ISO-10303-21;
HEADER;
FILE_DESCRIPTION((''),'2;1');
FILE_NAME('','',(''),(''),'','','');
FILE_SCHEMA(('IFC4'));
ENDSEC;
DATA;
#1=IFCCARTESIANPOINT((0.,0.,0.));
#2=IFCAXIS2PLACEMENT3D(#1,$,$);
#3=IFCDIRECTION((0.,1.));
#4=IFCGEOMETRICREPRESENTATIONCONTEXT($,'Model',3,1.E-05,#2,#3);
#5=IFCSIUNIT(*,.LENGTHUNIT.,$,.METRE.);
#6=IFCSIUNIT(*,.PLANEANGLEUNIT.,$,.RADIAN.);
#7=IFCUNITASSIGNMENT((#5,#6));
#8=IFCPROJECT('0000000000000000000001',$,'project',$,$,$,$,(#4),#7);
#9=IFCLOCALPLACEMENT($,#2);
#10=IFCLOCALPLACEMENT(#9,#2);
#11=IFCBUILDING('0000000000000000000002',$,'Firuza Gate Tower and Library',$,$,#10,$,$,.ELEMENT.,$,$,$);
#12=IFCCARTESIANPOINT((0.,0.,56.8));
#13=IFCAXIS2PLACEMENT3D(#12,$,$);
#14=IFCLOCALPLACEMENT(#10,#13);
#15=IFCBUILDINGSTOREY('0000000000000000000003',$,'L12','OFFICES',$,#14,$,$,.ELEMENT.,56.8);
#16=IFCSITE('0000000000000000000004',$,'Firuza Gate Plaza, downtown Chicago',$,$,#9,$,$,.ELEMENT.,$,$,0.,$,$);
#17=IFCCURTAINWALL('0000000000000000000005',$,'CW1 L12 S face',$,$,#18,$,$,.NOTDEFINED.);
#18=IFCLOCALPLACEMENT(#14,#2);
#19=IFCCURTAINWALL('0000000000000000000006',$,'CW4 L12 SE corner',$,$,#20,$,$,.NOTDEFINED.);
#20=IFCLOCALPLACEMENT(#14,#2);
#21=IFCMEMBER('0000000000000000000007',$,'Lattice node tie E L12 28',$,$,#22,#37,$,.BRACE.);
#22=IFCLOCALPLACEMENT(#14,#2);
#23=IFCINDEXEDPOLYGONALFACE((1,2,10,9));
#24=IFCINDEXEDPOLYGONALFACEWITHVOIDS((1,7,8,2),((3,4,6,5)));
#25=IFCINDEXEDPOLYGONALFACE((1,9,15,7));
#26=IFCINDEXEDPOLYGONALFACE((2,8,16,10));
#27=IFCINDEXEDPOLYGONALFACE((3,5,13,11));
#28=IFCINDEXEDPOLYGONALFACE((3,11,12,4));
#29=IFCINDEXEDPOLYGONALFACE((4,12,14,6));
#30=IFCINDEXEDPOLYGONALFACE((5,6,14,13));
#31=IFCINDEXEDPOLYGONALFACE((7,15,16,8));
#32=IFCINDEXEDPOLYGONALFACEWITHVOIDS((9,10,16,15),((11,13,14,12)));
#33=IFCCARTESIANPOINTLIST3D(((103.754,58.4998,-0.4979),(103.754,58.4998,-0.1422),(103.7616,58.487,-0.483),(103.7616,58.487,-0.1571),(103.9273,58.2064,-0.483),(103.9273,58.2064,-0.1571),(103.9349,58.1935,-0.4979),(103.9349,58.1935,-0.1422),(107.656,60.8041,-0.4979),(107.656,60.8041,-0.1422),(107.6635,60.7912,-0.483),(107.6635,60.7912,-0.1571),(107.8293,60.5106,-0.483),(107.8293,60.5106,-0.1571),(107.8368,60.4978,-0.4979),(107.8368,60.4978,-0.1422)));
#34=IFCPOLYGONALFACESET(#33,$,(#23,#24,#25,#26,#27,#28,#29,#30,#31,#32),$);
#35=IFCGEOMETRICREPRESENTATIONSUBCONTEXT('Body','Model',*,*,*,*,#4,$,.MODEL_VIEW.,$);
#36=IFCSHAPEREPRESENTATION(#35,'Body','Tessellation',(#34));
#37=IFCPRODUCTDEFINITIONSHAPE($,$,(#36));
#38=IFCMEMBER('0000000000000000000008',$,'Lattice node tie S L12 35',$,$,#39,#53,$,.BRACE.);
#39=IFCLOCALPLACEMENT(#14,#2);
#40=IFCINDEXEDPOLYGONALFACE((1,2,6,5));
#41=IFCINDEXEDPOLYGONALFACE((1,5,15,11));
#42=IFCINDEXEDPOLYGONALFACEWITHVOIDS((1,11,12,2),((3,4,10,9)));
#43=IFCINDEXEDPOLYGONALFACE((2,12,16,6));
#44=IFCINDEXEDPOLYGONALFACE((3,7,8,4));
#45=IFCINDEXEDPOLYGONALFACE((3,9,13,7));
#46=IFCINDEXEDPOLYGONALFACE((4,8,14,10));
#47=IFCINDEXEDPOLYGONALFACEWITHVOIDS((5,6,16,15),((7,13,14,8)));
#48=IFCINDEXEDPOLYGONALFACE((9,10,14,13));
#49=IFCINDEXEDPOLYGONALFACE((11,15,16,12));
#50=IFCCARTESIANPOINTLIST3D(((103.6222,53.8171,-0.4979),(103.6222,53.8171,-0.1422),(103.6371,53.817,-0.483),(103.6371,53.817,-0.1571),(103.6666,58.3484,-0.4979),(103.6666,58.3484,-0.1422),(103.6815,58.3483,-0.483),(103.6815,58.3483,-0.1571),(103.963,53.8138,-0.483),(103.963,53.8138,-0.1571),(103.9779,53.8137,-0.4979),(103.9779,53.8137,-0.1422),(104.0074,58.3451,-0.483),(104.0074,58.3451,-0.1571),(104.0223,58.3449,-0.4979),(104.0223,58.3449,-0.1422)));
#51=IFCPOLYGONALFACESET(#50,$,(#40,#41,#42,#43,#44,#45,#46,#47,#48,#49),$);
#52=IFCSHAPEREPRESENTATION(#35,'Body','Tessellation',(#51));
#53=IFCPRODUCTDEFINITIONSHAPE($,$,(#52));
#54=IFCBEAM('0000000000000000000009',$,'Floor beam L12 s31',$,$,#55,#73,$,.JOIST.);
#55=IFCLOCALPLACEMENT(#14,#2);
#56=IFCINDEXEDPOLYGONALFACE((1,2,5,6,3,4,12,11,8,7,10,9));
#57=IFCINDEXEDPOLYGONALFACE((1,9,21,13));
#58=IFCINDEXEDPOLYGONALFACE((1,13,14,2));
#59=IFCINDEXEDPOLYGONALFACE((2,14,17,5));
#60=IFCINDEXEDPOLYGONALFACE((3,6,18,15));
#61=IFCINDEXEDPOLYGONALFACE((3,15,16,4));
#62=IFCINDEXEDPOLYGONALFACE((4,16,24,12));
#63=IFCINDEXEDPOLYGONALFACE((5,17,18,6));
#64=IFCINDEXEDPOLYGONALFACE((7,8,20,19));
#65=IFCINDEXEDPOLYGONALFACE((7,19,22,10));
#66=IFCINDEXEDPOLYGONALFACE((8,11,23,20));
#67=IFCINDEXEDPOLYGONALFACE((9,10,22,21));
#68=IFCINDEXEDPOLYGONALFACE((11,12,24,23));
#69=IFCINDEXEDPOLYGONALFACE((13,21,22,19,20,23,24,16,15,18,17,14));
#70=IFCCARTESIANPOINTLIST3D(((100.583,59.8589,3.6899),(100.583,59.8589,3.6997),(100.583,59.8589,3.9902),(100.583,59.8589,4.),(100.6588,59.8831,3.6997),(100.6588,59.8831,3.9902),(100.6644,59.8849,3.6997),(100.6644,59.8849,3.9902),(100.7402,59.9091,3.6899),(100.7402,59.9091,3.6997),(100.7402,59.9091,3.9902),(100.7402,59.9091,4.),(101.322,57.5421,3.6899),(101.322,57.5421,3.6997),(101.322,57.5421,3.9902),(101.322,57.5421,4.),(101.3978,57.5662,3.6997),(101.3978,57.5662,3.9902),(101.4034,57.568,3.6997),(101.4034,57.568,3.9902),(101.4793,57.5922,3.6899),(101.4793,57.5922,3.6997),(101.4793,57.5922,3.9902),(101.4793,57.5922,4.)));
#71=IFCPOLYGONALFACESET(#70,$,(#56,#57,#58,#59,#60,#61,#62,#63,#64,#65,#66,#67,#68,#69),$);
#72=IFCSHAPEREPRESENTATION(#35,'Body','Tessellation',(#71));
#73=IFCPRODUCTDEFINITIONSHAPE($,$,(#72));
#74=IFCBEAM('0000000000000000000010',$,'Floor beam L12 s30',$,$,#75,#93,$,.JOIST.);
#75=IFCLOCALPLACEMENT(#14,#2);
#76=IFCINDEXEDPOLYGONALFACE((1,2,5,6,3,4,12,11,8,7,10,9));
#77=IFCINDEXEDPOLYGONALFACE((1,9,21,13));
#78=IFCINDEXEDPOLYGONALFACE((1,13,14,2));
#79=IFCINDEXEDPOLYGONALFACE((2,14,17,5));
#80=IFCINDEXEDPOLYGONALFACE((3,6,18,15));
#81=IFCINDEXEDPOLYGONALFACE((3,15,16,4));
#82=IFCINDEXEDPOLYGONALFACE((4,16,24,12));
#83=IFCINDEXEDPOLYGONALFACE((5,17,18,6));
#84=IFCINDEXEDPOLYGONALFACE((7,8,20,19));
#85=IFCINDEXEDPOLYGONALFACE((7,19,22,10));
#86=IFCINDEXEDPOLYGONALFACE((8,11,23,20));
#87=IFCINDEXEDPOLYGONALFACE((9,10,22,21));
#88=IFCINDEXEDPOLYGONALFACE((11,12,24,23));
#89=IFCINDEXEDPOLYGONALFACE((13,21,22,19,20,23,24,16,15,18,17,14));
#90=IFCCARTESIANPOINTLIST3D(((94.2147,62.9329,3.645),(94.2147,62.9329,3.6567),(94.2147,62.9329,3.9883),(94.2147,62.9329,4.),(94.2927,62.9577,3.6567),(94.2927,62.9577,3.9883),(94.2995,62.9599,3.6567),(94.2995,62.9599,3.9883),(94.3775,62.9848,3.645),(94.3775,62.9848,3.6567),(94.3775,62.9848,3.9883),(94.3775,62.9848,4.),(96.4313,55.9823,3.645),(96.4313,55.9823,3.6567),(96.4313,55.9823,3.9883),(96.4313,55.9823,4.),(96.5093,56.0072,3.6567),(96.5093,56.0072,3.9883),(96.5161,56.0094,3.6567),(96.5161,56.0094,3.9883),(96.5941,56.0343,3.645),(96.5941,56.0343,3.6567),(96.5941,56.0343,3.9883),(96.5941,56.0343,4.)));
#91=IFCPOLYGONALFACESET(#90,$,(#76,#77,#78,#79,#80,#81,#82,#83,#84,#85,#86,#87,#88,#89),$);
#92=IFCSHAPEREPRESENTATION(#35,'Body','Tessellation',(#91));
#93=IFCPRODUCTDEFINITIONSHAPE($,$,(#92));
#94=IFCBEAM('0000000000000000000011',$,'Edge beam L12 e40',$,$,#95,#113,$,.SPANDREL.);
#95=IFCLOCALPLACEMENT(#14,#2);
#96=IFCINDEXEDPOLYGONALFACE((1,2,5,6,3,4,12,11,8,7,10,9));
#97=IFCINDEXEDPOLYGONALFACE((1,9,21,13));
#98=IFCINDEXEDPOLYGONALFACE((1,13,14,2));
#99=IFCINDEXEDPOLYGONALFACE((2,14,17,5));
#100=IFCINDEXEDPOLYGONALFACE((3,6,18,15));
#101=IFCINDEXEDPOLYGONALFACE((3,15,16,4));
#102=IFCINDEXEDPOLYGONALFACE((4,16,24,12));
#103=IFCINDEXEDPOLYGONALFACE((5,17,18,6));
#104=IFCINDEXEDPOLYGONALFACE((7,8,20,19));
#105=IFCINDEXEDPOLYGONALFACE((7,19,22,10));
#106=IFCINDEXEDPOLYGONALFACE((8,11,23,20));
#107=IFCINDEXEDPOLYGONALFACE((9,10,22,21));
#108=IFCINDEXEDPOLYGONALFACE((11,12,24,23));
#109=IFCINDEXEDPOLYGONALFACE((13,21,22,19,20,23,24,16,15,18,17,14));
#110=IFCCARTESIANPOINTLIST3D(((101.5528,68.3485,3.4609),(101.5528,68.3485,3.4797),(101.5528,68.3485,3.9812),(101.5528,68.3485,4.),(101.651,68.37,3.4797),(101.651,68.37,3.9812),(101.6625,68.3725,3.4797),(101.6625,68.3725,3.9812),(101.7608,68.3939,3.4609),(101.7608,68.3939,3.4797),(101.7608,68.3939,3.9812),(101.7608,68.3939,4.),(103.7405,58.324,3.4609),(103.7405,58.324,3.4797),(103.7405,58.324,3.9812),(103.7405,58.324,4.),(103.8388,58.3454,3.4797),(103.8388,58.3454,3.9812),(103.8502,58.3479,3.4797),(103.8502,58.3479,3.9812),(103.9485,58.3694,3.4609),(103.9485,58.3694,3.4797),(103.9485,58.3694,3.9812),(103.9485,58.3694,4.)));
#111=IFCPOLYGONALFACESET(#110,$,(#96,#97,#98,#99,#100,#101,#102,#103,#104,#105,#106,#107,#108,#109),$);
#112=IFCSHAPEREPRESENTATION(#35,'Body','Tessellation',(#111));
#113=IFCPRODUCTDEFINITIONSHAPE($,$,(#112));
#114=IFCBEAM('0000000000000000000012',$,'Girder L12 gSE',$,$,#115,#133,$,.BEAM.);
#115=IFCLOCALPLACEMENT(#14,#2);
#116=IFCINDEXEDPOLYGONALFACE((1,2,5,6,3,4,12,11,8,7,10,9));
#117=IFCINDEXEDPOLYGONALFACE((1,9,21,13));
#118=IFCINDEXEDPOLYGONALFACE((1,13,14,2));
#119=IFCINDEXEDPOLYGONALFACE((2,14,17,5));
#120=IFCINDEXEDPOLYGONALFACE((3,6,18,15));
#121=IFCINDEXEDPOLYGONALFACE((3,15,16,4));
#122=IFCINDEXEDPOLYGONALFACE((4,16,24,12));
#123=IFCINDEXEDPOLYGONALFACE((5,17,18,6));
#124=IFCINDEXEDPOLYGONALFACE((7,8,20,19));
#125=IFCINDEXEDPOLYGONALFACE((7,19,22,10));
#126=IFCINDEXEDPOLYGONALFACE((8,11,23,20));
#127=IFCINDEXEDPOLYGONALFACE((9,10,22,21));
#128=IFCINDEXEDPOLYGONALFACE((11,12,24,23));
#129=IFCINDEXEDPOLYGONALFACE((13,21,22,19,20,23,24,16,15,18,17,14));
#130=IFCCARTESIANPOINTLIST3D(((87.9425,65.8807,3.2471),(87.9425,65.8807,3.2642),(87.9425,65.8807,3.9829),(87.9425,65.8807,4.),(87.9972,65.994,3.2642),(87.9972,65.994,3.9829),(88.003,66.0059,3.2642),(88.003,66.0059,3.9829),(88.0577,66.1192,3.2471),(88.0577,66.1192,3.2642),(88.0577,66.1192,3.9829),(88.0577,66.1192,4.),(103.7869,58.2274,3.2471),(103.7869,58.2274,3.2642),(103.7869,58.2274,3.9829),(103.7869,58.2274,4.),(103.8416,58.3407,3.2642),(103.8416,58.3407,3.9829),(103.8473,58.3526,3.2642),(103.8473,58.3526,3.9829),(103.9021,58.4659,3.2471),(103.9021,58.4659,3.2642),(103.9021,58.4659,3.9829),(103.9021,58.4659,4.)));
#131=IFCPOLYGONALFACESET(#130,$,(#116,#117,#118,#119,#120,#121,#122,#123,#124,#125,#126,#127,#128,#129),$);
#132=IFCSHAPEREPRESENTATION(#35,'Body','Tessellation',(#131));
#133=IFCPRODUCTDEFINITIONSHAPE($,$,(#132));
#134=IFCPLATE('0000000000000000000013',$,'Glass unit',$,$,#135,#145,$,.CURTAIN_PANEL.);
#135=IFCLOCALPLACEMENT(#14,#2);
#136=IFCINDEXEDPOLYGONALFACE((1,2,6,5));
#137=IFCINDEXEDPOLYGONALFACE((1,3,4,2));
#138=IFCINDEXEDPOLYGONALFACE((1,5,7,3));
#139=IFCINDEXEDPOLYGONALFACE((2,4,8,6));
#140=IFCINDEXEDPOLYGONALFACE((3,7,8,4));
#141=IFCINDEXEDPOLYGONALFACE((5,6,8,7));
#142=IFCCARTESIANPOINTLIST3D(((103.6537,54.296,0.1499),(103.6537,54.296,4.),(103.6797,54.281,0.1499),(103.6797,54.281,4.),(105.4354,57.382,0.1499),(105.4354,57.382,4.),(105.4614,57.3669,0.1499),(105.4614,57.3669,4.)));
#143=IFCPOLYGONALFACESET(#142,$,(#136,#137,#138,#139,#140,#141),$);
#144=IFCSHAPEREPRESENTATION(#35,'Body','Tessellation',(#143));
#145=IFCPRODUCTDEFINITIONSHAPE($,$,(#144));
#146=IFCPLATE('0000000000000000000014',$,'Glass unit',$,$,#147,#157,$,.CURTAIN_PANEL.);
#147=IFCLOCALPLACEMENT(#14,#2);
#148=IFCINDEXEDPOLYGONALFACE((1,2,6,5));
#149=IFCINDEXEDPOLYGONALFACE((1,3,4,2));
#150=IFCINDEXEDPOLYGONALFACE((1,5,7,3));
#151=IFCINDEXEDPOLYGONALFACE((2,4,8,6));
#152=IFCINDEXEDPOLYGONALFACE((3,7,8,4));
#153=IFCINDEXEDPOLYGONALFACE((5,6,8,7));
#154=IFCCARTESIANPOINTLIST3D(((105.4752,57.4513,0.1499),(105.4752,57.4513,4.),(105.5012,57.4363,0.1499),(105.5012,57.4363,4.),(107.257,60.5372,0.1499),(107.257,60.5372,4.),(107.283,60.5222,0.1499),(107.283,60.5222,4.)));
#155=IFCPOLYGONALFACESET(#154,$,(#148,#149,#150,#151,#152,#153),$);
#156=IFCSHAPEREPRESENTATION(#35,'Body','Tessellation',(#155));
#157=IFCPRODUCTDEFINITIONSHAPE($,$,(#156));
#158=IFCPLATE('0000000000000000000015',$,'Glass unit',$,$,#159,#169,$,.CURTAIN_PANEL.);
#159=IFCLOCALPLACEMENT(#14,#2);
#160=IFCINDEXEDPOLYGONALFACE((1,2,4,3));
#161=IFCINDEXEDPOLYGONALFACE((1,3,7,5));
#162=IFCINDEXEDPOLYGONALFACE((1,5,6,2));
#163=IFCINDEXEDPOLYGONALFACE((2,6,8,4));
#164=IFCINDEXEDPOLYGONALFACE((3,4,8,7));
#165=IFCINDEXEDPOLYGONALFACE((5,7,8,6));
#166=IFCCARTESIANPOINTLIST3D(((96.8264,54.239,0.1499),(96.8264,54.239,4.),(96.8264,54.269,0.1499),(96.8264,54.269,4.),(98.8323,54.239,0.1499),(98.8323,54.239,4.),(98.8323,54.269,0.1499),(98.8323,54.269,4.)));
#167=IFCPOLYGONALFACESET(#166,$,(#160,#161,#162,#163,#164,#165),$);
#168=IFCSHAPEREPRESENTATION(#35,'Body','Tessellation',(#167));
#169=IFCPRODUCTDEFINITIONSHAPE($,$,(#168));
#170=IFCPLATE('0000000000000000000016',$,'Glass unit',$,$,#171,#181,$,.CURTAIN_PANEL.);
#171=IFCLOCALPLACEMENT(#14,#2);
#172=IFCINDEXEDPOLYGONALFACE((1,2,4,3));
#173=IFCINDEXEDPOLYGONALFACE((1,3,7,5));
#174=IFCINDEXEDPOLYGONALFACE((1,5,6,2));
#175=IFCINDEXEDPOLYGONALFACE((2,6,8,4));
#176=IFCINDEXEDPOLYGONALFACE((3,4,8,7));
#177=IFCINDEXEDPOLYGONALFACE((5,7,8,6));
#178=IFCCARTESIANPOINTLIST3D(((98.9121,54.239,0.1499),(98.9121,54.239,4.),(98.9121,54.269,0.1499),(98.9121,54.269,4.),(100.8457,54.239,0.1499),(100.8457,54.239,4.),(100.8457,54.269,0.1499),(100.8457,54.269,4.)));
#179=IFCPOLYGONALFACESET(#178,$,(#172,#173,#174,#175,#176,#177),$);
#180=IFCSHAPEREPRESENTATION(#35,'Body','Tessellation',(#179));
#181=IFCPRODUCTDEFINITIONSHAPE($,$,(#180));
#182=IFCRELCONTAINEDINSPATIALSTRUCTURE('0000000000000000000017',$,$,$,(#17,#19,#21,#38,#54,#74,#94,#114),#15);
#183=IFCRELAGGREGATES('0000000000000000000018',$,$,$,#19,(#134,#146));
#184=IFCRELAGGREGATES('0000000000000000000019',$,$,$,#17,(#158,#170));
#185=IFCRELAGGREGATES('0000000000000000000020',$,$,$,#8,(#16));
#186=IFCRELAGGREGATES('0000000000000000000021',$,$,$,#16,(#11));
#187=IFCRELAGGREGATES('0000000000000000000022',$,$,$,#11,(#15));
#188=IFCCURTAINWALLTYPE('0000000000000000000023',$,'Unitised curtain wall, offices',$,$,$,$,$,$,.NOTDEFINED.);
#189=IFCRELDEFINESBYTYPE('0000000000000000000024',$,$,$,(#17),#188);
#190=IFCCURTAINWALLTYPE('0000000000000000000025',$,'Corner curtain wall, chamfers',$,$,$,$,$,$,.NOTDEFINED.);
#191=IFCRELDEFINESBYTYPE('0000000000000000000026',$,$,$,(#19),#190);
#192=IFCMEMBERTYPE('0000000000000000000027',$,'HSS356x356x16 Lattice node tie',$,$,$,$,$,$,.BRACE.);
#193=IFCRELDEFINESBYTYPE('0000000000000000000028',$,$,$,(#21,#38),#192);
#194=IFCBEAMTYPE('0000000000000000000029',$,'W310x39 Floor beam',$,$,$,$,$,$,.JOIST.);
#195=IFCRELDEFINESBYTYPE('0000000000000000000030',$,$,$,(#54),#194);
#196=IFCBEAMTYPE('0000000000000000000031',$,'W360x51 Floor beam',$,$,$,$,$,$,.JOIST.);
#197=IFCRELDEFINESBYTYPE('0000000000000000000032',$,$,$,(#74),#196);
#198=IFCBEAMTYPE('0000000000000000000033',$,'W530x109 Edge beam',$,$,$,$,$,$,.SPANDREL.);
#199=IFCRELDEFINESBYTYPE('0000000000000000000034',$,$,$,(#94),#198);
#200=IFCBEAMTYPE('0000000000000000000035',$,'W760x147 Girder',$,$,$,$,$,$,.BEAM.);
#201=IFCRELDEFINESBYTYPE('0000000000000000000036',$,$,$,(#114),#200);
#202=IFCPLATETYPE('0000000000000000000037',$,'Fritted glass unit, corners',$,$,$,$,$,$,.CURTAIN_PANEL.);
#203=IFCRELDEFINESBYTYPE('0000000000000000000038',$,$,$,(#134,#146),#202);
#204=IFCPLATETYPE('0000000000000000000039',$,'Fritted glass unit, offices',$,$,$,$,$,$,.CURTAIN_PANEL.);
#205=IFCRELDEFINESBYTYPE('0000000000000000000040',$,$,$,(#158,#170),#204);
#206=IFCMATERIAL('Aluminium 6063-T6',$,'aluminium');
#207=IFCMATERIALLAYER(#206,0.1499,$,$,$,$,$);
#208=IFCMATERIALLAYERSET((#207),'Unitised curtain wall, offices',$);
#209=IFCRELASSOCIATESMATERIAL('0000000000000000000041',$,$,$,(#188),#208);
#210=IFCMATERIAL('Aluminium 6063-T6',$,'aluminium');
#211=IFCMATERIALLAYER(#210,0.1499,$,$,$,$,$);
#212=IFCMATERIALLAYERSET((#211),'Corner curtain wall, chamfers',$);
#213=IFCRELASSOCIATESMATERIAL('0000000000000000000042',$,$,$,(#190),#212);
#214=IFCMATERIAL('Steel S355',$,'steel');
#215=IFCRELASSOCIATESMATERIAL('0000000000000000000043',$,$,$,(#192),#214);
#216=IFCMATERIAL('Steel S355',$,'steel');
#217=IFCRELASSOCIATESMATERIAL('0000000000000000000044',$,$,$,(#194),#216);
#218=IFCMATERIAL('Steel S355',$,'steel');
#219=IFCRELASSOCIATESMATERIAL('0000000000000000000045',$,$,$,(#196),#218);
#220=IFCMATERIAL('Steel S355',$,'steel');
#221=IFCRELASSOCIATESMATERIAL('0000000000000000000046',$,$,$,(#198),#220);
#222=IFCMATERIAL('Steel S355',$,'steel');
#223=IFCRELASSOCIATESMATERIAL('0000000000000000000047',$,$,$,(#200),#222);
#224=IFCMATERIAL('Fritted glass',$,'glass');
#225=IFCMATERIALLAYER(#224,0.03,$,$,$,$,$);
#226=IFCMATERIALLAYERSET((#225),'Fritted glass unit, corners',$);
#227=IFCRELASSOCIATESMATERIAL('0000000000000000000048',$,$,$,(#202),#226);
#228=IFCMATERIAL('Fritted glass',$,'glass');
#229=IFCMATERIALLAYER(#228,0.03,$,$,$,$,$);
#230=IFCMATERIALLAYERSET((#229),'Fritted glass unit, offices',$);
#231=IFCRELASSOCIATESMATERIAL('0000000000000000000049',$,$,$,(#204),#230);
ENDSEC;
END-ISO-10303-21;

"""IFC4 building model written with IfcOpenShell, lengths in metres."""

from ifc_helpers import new_model, si_unit, direction, frame, origin, origin_2d, place, context, subcontext, project, spatial, polyline, hollow_rectangle, i_section, outline, extrude, material, layer, layer_set, material_profile, profile_set, type_object, element, aggregate, save


model = new_model("IFC4")

# Units and contexts
model_context = context("Model", 3, precision=1e-05, world=origin(), true_north=direction((0.0, 1.0)))
body_context = subcontext(model_context, "Body", "Model", "MODEL_VIEW")
ifc_project = project(units=[si_unit("LENGTHUNIT", "METRE"), si_unit("PLANEANGLEUNIT", "RADIAN")], contexts=[model_context])

# Site, building, storey
site_placement = place(None, origin())
site = spatial("IfcSite", under=ifc_project, at=site_placement, Name="Firuza Gate Plaza, downtown Chicago", CompositionType="ELEMENT", RefElevation=0.0)
building_placement = place(site_placement, origin())
building = spatial("IfcBuilding", under=site, at=building_placement, Name="Firuza Gate Tower and Library", CompositionType="ELEMENT")
storey_placement = place(building_placement, frame((0.0, 0.0, 56.8)))
storey = spatial("IfcBuildingStorey", under=building, at=storey_placement, Name="L12", Description="OFFICES", CompositionType="ELEMENT", Elevation=56.8)

# Curtain walls
ifc_material_1 = material(Name="Aluminium 6063-T6", Category="aluminium")
ifc_layer_1 = layer(ifc_material_1, 0.1499)
ifc_layer_set_1 = layer_set([ifc_layer_1], Name="Unitised curtain wall, offices")
curtain_wall_type_1 = type_object("IfcCurtainWallType", Name="Unitised curtain wall, offices", PredefinedType="NOTDEFINED", material=ifc_layer_set_1)
placement = place(storey_placement, origin())
curtain_wall_1 = element("IfcCurtainWall", 1, at=placement, inside=storey, type_object=curtain_wall_type_1, Name="CW1 L12 S face", PredefinedType="NOTDEFINED")
ifc_material_2 = material(Name="Aluminium 6063-T6", Category="aluminium")
ifc_layer_2 = layer(ifc_material_2, 0.1499)
ifc_layer_set_2 = layer_set([ifc_layer_2], Name="Corner curtain wall, chamfers")
curtain_wall_type_2 = type_object("IfcCurtainWallType", Name="Corner curtain wall, chamfers", PredefinedType="NOTDEFINED", material=ifc_layer_set_2)
curtain_wall_2 = element("IfcCurtainWall", 2, at=placement, inside=storey, type_object=curtain_wall_type_2, Name="CW4 L12 SE corner", PredefinedType="NOTDEFINED")

# Members
ifc_material_3 = material(Name="Steel S355", Category="steel")
ifc_material_profile_1 = material_profile(ifc_material_3, hollow_rectangle(XDim=0.3557, YDim=0.3557, WallThickness=0.0149, at=origin_2d()))
ifc_profile_set_1 = profile_set([ifc_material_profile_1], Name="Steel S355")
member_type_1 = type_object("IfcMemberType", Name="HSS356x356x16 Lattice node tie", PredefinedType="BRACE", material=ifc_profile_set_1)
for number, where, z_axis, x_axis, name in (
    (3, (103.8445, 58.3467, -0.3201), (0.861066, 0.508493, 0.0), (-0.508493, 0.861066, 0.0), "Lattice node tie E L12 28"),
    (4, (103.8445, 58.3467, -0.3201), (-0.009806, -0.999952, 0.0), (0.999952, -0.009806, 0.0), "Lattice node tie S L12 35"),
):
    element("IfcMember", number, at=place(storey_placement, frame(where, z_axis=z_axis, x_axis=x_axis)), inside=storey, type_object=member_type_1, Name=name, PredefinedType="BRACE", context=body_context, shape_type="SweptSolid", body=[
        extrude(hollow_rectangle(XDim=0.3557, YDim=0.3557, WallThickness=0.0149, at=origin_2d()), origin(), (0.0, 0.0, 1.0), 4.5315),
    ])

# Beams
ifc_material_4 = material(Name="Steel S355", Category="steel")
ifc_material_profile_2 = material_profile(ifc_material_4, i_section(OverallWidth=0.165, OverallDepth=0.3101, WebThickness=0.0059, FlangeThickness=0.0098, at=origin_2d()))
ifc_profile_set_2 = profile_set([ifc_material_profile_2], Name="Steel S355")
beam_type_1 = type_object("IfcBeamType", Name="W310x39 Floor beam", PredefinedType="JOIST", material=ifc_profile_set_2)
beam_1_placement = place(storey_placement, frame((101.4006, 57.5671, 3.845), z_axis=(-0.303883, 0.952709, 0.0), x_axis=(-0.952709, -0.303883, 0.0)))
element("IfcBeam", 5, at=beam_1_placement, inside=storey, type_object=beam_type_1, Name="Floor beam L12 s31", PredefinedType="JOIST", context=body_context, shape_type="SweptSolid", body=[
    extrude(i_section(OverallWidth=0.165, OverallDepth=0.3101, WebThickness=0.0059, FlangeThickness=0.0098, at=origin_2d()), origin(), (0.0, 0.0, 1.0), 2.4319),
])
ifc_material_5 = material(Name="Steel S355", Category="steel")
ifc_material_profile_3 = material_profile(ifc_material_5, i_section(OverallWidth=0.1709, OverallDepth=0.355, WebThickness=0.0071, FlangeThickness=0.0117, at=origin_2d()))
ifc_profile_set_3 = profile_set([ifc_material_profile_3], Name="Steel S355")
beam_type_2 = type_object("IfcBeamType", Name="W360x51 Floor beam", PredefinedType="JOIST", material=ifc_profile_set_3)
beam_2_placement = place(storey_placement, frame((96.5127, 56.0083, 3.8225), z_axis=(-0.303832, 0.952726, 0.0), x_axis=(-0.952726, -0.303832, 0.0)))
element("IfcBeam", 6, at=beam_2_placement, inside=storey, type_object=beam_type_2, Name="Floor beam L12 s30", PredefinedType="JOIST", context=body_context, shape_type="SweptSolid", body=[
    extrude(i_section(OverallWidth=0.1709, OverallDepth=0.355, WebThickness=0.0071, FlangeThickness=0.0117, at=origin_2d()), origin(), (0.0, 0.0, 1.0), 7.2954),
])
ifc_material_6 = material(Name="Steel S355", Category="steel")
ifc_material_profile_4 = material_profile(ifc_material_6, i_section(OverallWidth=0.2129, OverallDepth=0.5391, WebThickness=0.0117, FlangeThickness=0.0188, at=origin_2d()))
ifc_profile_set_4 = profile_set([ifc_material_profile_4], Name="Steel S355")
beam_type_3 = type_object("IfcBeamType", Name="W530x109 Edge beam", PredefinedType="SPANDREL", material=ifc_profile_set_4)
beam_3_placement = place(storey_placement, frame((103.8445, 58.3467, 3.7305), z_axis=(-0.213218, 0.977005, 0.0), x_axis=(-0.977005, -0.213218, 0.0)))
element("IfcBeam", 7, at=beam_3_placement, inside=storey, type_object=beam_type_3, Name="Edge beam L12 e40", PredefinedType="SPANDREL", context=body_context, shape_type="SweptSolid", body=[
    extrude(i_section(OverallWidth=0.2129, OverallDepth=0.5391, WebThickness=0.0117, FlangeThickness=0.0188, at=origin_2d()), origin(), (0.0, 0.0, 1.0), 10.2605),
])
ifc_material_7 = material(Name="Steel S355", Category="steel")
ifc_material_profile_5 = material_profile(ifc_material_7, i_section(OverallWidth=0.2649, OverallDepth=0.7529, WebThickness=0.0132, FlangeThickness=0.0171, at=origin_2d()))
ifc_profile_set_5 = profile_set([ifc_material_profile_5], Name="Steel S355")
beam_type_4 = type_object("IfcBeamType", Name="W760x147 Girder", PredefinedType="BEAM", material=ifc_profile_set_5)
beam_4_placement = place(storey_placement, frame((103.8445, 58.3467, 3.6235), z_axis=(-0.900457, 0.434945, 0.0), x_axis=(-0.434945, -0.900457, 0.0)))
element("IfcBeam", 8, at=beam_4_placement, inside=storey, type_object=beam_type_4, Name="Girder L12 gSE", PredefinedType="BEAM", context=body_context, shape_type="SweptSolid", body=[
    extrude(i_section(OverallWidth=0.2649, OverallDepth=0.7529, WebThickness=0.0132, FlangeThickness=0.0171, at=origin_2d()), origin(), (0.0, 0.0, 1.0), 17.5959),
])

# Plates
ifc_material_8 = material(Name="Fritted glass", Category="glass")
ifc_layer_3 = layer(ifc_material_8, 0.03)
ifc_layer_set_3 = layer_set([ifc_layer_3], Name="Fritted glass unit, corners")
plate_type_1 = type_object("IfcPlateType", Name="Fritted glass unit, corners", PredefinedType="CURTAIN_PANEL", material=ifc_layer_set_3)
plate_1_placement = place(storey_placement, frame((103.6797, 54.281, 0.1499), z_axis=(0.866017, -0.500015, 0.0), x_axis=(0.500015, 0.866017, 0.0)))
plate_1 = element("IfcPlate", 9, at=plate_1_placement, type_object=plate_type_1, Name="Glass unit", PredefinedType="CURTAIN_PANEL", context=body_context, shape_type="SweptSolid", body=[
    extrude(outline(polyline([(0.0, 0.0), (3.5634, 0.0), (3.5634, 3.8501), (0.0, 3.8501), (0.0, 0.0)])), origin(), (0.0, 0.0, -1.0), 0.03),
])
plate_2_placement = place(storey_placement, frame((105.5012, 57.4363, 0.1499), z_axis=(0.866017, -0.500015, 0.0), x_axis=(0.500015, 0.866017, 0.0)))
plate_2 = element("IfcPlate", 10, at=plate_2_placement, type_object=plate_type_1, Name="Glass unit", PredefinedType="CURTAIN_PANEL", context=body_context, shape_type="SweptSolid", body=[
    extrude(outline(polyline([(0.0, 0.0), (3.5634, 0.0), (3.5634, 3.8501), (0.0, 3.8501), (0.0, 0.0)])), origin(), (0.0, 0.0, -1.0), 0.03),
])
aggregate(curtain_wall_2, [plate_1, plate_2])
ifc_material_9 = material(Name="Fritted glass", Category="glass")
ifc_layer_4 = layer(ifc_material_9, 0.03)
ifc_layer_set_4 = layer_set([ifc_layer_4], Name="Fritted glass unit, offices")
plate_type_2 = type_object("IfcPlateType", Name="Fritted glass unit, offices", PredefinedType="CURTAIN_PANEL", material=ifc_layer_set_4)
plate_3_placement = place(storey_placement, frame((96.8264, 54.239, 0.1499), z_axis=(0.0, -1.0, 0.0), x_axis=(1.0, 0.0, 0.0)))
plate_3 = element("IfcPlate", 11, at=plate_3_placement, type_object=plate_type_2, Name="Glass unit", PredefinedType="CURTAIN_PANEL", context=body_context, shape_type="SweptSolid", body=[
    extrude(outline(polyline([(0.0, 0.0), (2.0059, 0.0), (2.0059, 3.8501), (0.0, 3.8501), (0.0, 0.0)])), origin(), (0.0, 0.0, -1.0), 0.03),
])
plate_4_placement = place(storey_placement, frame((98.9121, 54.239, 0.1499), z_axis=(0.0, -1.0, 0.0), x_axis=(1.0, 0.0, 0.0)))
plate_4 = element("IfcPlate", 12, at=plate_4_placement, type_object=plate_type_2, Name="Glass unit", PredefinedType="CURTAIN_PANEL", context=body_context, shape_type="SweptSolid", body=[
    extrude(outline(polyline([(0.0, 0.0), (1.9336, 0.0), (1.9336, 3.8501), (0.0, 3.8501), (0.0, 0.0)])), origin(), (0.0, 0.0, -1.0), 0.03),
])
aggregate(curtain_wall_1, [plate_3, plate_4])

save(model, "model.ifc")
